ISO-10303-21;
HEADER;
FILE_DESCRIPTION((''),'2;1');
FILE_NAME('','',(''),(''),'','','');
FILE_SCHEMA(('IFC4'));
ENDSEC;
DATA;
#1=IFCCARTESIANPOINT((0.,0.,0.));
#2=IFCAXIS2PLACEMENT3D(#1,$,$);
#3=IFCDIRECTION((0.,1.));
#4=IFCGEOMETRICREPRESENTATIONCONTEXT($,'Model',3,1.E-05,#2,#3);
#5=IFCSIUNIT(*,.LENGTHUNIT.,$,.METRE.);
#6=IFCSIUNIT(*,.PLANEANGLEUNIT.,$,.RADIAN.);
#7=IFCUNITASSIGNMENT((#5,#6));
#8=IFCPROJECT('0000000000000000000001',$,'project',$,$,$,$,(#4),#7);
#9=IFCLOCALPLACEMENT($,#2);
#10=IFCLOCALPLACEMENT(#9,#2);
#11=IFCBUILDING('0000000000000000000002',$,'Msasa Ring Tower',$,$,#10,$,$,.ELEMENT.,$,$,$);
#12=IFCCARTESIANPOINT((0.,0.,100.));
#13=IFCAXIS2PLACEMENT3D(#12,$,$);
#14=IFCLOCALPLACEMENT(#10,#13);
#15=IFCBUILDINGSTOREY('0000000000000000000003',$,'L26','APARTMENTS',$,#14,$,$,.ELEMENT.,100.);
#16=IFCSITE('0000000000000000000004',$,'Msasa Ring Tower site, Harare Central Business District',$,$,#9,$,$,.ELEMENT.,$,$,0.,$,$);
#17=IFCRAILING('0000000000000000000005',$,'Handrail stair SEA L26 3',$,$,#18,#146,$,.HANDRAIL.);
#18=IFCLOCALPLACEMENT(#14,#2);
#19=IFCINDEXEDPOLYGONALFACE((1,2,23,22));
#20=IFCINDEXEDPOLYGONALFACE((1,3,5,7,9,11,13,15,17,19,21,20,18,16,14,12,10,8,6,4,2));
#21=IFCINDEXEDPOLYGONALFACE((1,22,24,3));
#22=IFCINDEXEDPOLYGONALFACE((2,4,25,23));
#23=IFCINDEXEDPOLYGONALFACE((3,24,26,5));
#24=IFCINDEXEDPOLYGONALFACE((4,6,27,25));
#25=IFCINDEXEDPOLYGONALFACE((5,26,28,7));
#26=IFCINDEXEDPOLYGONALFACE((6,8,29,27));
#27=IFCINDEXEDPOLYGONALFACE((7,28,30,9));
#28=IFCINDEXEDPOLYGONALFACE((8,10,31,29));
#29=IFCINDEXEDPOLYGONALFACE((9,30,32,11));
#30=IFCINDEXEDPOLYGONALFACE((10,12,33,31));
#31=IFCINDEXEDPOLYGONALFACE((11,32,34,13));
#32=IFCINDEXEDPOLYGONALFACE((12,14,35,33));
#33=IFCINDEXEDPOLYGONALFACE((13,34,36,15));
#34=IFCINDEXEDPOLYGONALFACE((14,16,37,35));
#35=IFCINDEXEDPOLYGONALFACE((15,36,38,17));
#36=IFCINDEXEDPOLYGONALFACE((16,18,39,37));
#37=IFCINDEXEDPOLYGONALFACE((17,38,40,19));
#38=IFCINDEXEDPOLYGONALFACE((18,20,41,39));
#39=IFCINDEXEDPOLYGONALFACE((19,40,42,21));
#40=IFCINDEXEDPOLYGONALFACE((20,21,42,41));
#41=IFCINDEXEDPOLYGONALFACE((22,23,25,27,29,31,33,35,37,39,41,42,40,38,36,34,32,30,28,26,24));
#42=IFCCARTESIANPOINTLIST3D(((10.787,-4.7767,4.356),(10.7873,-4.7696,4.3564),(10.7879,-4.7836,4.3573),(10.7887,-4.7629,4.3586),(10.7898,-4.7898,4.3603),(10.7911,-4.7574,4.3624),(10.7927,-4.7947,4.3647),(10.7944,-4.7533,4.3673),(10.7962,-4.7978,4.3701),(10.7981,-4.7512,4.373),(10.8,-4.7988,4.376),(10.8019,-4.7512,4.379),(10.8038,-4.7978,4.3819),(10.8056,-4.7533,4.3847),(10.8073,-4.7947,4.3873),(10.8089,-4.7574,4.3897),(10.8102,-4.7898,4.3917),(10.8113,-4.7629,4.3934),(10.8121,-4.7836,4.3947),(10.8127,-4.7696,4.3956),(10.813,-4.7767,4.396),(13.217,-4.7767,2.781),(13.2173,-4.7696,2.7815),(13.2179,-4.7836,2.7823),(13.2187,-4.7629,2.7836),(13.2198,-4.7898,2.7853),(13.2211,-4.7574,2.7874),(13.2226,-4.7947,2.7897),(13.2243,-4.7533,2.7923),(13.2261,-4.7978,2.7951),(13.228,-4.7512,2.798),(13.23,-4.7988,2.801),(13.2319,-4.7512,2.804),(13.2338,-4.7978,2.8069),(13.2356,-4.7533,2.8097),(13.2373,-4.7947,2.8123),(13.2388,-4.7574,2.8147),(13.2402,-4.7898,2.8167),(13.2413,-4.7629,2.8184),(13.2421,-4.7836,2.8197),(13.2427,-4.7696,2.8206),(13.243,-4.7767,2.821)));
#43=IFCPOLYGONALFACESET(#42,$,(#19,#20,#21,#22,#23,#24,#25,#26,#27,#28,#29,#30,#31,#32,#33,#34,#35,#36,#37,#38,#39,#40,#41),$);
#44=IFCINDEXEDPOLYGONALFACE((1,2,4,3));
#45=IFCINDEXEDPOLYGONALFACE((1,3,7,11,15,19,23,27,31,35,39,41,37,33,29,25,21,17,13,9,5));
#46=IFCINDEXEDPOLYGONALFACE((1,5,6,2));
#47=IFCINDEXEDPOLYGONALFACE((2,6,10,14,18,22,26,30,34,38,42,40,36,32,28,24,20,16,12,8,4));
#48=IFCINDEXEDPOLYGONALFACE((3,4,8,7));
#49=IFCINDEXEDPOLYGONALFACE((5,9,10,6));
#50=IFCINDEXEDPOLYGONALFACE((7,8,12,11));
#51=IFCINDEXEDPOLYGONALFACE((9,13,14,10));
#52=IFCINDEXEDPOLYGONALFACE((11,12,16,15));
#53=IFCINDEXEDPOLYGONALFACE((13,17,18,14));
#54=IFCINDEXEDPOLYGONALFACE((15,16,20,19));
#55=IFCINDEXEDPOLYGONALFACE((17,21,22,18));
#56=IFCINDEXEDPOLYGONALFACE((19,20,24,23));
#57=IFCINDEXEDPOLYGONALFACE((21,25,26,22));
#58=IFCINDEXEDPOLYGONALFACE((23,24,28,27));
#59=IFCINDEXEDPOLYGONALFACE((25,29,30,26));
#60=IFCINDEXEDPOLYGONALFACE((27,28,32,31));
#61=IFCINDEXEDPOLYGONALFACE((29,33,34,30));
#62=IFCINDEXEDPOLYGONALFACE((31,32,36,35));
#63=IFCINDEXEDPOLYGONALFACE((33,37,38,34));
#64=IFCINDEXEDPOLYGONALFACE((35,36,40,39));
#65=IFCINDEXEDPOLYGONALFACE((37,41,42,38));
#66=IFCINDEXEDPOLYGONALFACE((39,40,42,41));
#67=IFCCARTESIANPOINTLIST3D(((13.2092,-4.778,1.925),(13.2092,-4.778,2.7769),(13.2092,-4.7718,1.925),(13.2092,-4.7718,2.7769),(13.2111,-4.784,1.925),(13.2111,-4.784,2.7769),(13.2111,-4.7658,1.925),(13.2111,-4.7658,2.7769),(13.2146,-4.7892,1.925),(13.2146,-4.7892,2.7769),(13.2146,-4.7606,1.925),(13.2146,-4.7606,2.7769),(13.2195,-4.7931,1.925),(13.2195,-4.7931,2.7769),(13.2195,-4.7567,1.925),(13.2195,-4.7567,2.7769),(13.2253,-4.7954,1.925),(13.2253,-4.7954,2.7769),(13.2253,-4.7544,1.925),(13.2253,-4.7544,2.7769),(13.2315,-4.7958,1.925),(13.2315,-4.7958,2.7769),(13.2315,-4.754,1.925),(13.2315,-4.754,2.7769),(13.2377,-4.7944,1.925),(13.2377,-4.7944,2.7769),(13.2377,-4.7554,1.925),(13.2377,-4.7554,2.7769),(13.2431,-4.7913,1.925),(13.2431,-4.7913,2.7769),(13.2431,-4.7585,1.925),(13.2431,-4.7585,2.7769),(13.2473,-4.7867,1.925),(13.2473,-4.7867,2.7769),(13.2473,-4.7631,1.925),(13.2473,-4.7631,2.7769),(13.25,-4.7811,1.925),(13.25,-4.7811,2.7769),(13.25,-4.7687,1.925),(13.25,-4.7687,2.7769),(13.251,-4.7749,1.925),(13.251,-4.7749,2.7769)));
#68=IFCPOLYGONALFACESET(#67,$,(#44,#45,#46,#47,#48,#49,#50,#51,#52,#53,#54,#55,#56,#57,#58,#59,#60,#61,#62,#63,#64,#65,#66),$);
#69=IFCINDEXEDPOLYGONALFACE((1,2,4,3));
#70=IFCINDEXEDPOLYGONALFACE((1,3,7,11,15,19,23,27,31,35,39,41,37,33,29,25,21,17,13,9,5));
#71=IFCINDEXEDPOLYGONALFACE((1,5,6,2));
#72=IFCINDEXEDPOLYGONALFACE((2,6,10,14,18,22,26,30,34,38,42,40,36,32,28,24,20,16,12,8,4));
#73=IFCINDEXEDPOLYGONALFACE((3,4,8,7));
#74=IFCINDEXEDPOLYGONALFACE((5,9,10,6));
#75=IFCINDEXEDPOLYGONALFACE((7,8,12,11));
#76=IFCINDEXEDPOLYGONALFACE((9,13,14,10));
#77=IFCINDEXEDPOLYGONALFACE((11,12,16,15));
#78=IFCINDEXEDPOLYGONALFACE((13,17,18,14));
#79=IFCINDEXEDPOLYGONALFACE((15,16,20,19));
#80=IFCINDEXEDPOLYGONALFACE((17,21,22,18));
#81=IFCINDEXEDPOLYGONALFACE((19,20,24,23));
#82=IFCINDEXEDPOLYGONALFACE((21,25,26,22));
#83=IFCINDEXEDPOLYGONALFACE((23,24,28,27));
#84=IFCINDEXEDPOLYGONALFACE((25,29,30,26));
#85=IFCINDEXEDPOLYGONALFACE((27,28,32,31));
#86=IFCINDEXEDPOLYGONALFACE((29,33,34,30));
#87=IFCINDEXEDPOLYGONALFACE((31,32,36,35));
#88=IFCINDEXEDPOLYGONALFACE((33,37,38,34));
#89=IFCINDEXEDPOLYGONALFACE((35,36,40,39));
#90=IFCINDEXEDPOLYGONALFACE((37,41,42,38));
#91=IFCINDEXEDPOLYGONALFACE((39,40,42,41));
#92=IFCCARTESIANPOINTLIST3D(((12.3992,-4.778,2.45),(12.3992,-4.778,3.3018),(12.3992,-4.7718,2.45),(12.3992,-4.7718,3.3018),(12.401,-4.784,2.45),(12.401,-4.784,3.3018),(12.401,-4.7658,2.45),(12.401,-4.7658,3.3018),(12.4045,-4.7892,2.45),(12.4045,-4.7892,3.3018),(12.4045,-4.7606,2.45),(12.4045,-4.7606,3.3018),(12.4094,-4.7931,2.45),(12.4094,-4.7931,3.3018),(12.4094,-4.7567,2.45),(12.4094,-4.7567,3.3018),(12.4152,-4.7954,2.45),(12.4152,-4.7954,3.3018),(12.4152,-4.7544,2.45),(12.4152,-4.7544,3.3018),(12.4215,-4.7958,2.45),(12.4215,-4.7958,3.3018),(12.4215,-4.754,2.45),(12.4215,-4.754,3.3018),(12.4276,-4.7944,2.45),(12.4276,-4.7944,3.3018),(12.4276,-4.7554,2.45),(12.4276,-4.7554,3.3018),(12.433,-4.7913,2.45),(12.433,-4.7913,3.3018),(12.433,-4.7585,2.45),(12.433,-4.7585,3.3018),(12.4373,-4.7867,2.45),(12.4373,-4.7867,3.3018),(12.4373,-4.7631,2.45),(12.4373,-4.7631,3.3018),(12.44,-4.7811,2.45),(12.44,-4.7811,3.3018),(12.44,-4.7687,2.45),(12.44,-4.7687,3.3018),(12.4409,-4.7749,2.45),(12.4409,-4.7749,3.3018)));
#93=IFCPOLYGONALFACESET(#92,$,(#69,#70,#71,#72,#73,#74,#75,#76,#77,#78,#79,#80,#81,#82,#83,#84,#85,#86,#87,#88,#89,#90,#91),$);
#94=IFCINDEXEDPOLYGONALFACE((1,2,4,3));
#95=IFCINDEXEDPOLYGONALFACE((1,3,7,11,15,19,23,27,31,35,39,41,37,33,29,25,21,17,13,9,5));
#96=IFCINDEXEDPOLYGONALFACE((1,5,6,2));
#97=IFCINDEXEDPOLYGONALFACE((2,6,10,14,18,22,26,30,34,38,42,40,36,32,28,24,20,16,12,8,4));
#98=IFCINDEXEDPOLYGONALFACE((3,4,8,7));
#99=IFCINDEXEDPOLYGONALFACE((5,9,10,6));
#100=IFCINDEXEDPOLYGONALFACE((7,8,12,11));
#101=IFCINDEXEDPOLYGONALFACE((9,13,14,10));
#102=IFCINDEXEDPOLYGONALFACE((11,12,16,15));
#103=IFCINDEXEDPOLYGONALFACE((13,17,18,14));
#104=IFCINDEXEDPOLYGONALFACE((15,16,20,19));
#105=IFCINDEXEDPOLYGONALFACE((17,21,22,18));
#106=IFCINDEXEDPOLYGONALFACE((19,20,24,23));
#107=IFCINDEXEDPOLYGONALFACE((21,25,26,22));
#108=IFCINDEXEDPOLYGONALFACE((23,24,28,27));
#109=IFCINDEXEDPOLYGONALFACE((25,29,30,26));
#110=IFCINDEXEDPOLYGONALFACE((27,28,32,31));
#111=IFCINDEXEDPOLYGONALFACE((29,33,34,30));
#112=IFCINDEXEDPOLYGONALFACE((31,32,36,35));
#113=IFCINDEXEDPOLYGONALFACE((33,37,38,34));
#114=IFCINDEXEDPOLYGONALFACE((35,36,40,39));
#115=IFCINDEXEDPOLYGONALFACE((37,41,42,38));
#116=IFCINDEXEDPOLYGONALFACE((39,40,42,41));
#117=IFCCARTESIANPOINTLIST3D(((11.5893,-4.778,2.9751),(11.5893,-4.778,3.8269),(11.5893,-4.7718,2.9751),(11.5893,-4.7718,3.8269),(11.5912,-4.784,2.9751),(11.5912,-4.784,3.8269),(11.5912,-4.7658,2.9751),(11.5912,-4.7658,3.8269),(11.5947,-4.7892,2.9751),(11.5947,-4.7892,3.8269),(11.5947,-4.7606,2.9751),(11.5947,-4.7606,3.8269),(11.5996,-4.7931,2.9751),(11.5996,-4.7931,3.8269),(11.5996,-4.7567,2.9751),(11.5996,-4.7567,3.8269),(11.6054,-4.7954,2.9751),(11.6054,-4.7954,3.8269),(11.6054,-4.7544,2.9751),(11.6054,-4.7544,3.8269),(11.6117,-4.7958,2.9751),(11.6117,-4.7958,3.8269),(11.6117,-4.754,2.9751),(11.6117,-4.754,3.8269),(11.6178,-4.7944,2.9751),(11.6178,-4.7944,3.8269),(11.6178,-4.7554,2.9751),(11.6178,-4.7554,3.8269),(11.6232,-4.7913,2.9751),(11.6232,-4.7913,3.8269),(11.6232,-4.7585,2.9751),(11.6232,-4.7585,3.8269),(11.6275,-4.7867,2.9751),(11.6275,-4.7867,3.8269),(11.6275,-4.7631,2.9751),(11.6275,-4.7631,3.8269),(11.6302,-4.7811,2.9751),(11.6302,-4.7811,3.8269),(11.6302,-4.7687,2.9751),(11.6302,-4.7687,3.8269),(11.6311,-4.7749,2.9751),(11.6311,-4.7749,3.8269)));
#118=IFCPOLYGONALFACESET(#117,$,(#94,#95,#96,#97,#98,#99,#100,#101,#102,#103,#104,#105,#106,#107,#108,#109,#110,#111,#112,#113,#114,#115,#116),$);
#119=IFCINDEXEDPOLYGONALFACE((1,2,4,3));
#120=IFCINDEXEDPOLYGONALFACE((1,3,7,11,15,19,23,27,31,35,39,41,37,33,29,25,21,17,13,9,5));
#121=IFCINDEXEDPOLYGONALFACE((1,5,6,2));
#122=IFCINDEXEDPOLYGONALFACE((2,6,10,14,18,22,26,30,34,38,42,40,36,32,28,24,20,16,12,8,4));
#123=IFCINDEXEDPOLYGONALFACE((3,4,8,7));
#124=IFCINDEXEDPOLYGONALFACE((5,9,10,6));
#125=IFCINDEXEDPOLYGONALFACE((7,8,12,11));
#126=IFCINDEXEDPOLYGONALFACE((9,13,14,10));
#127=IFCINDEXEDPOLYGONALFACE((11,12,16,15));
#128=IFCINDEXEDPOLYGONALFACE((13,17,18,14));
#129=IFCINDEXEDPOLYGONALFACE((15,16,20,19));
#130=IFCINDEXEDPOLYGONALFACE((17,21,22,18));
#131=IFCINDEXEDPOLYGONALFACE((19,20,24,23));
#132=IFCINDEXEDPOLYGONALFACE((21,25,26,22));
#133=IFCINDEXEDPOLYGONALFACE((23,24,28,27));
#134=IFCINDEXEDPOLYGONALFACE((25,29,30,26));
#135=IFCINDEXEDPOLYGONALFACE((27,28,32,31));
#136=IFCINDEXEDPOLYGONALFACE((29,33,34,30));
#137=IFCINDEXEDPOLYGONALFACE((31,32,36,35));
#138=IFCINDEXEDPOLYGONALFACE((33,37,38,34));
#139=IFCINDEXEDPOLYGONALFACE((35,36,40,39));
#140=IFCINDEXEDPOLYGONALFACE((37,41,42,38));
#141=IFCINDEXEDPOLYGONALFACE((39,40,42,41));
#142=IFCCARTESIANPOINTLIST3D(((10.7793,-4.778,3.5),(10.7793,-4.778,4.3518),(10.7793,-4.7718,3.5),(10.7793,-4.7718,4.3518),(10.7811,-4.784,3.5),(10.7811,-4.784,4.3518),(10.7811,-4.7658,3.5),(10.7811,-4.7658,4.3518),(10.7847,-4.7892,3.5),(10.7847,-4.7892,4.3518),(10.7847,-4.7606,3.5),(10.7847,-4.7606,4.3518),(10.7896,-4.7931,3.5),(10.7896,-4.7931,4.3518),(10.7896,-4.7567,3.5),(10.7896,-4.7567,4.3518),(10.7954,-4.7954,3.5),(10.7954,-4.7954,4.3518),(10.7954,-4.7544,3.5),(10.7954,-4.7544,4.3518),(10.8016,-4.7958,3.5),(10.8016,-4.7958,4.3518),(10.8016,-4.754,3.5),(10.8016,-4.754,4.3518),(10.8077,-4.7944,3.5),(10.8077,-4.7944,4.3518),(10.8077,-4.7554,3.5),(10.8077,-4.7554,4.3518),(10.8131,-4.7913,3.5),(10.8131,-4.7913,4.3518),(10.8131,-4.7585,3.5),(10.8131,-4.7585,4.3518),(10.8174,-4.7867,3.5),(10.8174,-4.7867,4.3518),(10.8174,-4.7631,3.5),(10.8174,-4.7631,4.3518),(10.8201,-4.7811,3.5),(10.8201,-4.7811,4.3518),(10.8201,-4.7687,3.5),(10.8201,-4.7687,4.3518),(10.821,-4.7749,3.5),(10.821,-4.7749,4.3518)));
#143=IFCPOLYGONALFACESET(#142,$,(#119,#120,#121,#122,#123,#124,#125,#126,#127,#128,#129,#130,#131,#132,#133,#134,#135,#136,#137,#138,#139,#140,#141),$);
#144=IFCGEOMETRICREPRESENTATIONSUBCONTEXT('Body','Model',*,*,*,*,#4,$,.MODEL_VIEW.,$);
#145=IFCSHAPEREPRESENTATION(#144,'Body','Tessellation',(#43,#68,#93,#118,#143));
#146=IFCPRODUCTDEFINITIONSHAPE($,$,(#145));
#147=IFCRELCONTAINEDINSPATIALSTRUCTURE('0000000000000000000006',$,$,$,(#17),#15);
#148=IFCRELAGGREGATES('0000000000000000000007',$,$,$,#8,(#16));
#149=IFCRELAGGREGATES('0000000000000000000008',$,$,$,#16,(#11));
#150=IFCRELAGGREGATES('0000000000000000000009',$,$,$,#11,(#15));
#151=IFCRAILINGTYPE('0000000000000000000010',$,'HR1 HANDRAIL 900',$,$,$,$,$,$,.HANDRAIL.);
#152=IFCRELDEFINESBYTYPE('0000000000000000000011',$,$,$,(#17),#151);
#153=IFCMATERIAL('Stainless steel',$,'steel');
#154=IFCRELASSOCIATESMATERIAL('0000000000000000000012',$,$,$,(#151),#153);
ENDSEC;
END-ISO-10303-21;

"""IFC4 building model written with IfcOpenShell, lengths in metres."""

from ifc_helpers import new_model, si_unit, direction, frame, origin, origin_2d, place, context, subcontext, project, spatial, circle, extrude, material, type_object, element, save


model = new_model("IFC4")

# Units and contexts
model_context = context("Model", 3, precision=1e-05, world=origin(), true_north=direction((0.0, 1.0)))
body_context = subcontext(model_context, "Body", "Model", "MODEL_VIEW")
ifc_project = project(units=[si_unit("LENGTHUNIT", "METRE"), si_unit("PLANEANGLEUNIT", "RADIAN")], contexts=[model_context])

# Site, building, storey
site_placement = place(None, origin())
site = spatial("IfcSite", under=ifc_project, at=site_placement, Name="Msasa Ring Tower site, Harare Central Business District", CompositionType="ELEMENT", RefElevation=0.0)
building_placement = place(site_placement, origin())
building = spatial("IfcBuilding", under=site, at=building_placement, Name="Msasa Ring Tower", CompositionType="ELEMENT")
storey_placement = place(building_placement, frame((0.0, 0.0, 100.0)))
storey = spatial("IfcBuildingStorey", under=building, at=storey_placement, Name="L26", Description="APARTMENTS", CompositionType="ELEMENT", Elevation=100.0)

# Railing
ifc_material_1 = material(Name="Stainless steel", Category="steel")
railing_type = type_object("IfcRailingType", Name="HR1 HANDRAIL 900", PredefinedType="HANDRAIL", material=ifc_material_1)
railing_placement = place(storey_placement, frame((13.23, -4.7749, 1.925)))
element("IfcRailing", 1, at=railing_placement, inside=storey, type_object=railing_type, Name="Handrail stair SEA L26 3", PredefinedType="HANDRAIL", context=body_context, shape_type="SweptSolid", body=[
    extrude(circle(Radius=0.0239, at=origin_2d()), frame((0.0, 0.0, 0.876), z_axis=(-0.839154, 0.0, 0.543894), x_axis=(0.0, -1.0, 0.0)), (0.0, 0.0, 1.0), 2.8958),
    extrude(circle(Radius=0.021, at=origin_2d()), origin(), (0.0, 0.0, 1.0), 0.8518),
    extrude(circle(Radius=0.021, at=origin_2d()), frame((-0.8101, 0.0, 0.5249)), (0.0, 0.0, 1.0), 0.8518),
    extrude(circle(Radius=0.021, at=origin_2d()), frame((-1.6199, 0.0, 1.05)), (0.0, 0.0, 1.0), 0.8518),
    extrude(circle(Radius=0.021, at=origin_2d()), frame((-2.4299, 0.0, 1.575)), (0.0, 0.0, 1.0), 0.8518),
])

save(model, "model.ifc")
